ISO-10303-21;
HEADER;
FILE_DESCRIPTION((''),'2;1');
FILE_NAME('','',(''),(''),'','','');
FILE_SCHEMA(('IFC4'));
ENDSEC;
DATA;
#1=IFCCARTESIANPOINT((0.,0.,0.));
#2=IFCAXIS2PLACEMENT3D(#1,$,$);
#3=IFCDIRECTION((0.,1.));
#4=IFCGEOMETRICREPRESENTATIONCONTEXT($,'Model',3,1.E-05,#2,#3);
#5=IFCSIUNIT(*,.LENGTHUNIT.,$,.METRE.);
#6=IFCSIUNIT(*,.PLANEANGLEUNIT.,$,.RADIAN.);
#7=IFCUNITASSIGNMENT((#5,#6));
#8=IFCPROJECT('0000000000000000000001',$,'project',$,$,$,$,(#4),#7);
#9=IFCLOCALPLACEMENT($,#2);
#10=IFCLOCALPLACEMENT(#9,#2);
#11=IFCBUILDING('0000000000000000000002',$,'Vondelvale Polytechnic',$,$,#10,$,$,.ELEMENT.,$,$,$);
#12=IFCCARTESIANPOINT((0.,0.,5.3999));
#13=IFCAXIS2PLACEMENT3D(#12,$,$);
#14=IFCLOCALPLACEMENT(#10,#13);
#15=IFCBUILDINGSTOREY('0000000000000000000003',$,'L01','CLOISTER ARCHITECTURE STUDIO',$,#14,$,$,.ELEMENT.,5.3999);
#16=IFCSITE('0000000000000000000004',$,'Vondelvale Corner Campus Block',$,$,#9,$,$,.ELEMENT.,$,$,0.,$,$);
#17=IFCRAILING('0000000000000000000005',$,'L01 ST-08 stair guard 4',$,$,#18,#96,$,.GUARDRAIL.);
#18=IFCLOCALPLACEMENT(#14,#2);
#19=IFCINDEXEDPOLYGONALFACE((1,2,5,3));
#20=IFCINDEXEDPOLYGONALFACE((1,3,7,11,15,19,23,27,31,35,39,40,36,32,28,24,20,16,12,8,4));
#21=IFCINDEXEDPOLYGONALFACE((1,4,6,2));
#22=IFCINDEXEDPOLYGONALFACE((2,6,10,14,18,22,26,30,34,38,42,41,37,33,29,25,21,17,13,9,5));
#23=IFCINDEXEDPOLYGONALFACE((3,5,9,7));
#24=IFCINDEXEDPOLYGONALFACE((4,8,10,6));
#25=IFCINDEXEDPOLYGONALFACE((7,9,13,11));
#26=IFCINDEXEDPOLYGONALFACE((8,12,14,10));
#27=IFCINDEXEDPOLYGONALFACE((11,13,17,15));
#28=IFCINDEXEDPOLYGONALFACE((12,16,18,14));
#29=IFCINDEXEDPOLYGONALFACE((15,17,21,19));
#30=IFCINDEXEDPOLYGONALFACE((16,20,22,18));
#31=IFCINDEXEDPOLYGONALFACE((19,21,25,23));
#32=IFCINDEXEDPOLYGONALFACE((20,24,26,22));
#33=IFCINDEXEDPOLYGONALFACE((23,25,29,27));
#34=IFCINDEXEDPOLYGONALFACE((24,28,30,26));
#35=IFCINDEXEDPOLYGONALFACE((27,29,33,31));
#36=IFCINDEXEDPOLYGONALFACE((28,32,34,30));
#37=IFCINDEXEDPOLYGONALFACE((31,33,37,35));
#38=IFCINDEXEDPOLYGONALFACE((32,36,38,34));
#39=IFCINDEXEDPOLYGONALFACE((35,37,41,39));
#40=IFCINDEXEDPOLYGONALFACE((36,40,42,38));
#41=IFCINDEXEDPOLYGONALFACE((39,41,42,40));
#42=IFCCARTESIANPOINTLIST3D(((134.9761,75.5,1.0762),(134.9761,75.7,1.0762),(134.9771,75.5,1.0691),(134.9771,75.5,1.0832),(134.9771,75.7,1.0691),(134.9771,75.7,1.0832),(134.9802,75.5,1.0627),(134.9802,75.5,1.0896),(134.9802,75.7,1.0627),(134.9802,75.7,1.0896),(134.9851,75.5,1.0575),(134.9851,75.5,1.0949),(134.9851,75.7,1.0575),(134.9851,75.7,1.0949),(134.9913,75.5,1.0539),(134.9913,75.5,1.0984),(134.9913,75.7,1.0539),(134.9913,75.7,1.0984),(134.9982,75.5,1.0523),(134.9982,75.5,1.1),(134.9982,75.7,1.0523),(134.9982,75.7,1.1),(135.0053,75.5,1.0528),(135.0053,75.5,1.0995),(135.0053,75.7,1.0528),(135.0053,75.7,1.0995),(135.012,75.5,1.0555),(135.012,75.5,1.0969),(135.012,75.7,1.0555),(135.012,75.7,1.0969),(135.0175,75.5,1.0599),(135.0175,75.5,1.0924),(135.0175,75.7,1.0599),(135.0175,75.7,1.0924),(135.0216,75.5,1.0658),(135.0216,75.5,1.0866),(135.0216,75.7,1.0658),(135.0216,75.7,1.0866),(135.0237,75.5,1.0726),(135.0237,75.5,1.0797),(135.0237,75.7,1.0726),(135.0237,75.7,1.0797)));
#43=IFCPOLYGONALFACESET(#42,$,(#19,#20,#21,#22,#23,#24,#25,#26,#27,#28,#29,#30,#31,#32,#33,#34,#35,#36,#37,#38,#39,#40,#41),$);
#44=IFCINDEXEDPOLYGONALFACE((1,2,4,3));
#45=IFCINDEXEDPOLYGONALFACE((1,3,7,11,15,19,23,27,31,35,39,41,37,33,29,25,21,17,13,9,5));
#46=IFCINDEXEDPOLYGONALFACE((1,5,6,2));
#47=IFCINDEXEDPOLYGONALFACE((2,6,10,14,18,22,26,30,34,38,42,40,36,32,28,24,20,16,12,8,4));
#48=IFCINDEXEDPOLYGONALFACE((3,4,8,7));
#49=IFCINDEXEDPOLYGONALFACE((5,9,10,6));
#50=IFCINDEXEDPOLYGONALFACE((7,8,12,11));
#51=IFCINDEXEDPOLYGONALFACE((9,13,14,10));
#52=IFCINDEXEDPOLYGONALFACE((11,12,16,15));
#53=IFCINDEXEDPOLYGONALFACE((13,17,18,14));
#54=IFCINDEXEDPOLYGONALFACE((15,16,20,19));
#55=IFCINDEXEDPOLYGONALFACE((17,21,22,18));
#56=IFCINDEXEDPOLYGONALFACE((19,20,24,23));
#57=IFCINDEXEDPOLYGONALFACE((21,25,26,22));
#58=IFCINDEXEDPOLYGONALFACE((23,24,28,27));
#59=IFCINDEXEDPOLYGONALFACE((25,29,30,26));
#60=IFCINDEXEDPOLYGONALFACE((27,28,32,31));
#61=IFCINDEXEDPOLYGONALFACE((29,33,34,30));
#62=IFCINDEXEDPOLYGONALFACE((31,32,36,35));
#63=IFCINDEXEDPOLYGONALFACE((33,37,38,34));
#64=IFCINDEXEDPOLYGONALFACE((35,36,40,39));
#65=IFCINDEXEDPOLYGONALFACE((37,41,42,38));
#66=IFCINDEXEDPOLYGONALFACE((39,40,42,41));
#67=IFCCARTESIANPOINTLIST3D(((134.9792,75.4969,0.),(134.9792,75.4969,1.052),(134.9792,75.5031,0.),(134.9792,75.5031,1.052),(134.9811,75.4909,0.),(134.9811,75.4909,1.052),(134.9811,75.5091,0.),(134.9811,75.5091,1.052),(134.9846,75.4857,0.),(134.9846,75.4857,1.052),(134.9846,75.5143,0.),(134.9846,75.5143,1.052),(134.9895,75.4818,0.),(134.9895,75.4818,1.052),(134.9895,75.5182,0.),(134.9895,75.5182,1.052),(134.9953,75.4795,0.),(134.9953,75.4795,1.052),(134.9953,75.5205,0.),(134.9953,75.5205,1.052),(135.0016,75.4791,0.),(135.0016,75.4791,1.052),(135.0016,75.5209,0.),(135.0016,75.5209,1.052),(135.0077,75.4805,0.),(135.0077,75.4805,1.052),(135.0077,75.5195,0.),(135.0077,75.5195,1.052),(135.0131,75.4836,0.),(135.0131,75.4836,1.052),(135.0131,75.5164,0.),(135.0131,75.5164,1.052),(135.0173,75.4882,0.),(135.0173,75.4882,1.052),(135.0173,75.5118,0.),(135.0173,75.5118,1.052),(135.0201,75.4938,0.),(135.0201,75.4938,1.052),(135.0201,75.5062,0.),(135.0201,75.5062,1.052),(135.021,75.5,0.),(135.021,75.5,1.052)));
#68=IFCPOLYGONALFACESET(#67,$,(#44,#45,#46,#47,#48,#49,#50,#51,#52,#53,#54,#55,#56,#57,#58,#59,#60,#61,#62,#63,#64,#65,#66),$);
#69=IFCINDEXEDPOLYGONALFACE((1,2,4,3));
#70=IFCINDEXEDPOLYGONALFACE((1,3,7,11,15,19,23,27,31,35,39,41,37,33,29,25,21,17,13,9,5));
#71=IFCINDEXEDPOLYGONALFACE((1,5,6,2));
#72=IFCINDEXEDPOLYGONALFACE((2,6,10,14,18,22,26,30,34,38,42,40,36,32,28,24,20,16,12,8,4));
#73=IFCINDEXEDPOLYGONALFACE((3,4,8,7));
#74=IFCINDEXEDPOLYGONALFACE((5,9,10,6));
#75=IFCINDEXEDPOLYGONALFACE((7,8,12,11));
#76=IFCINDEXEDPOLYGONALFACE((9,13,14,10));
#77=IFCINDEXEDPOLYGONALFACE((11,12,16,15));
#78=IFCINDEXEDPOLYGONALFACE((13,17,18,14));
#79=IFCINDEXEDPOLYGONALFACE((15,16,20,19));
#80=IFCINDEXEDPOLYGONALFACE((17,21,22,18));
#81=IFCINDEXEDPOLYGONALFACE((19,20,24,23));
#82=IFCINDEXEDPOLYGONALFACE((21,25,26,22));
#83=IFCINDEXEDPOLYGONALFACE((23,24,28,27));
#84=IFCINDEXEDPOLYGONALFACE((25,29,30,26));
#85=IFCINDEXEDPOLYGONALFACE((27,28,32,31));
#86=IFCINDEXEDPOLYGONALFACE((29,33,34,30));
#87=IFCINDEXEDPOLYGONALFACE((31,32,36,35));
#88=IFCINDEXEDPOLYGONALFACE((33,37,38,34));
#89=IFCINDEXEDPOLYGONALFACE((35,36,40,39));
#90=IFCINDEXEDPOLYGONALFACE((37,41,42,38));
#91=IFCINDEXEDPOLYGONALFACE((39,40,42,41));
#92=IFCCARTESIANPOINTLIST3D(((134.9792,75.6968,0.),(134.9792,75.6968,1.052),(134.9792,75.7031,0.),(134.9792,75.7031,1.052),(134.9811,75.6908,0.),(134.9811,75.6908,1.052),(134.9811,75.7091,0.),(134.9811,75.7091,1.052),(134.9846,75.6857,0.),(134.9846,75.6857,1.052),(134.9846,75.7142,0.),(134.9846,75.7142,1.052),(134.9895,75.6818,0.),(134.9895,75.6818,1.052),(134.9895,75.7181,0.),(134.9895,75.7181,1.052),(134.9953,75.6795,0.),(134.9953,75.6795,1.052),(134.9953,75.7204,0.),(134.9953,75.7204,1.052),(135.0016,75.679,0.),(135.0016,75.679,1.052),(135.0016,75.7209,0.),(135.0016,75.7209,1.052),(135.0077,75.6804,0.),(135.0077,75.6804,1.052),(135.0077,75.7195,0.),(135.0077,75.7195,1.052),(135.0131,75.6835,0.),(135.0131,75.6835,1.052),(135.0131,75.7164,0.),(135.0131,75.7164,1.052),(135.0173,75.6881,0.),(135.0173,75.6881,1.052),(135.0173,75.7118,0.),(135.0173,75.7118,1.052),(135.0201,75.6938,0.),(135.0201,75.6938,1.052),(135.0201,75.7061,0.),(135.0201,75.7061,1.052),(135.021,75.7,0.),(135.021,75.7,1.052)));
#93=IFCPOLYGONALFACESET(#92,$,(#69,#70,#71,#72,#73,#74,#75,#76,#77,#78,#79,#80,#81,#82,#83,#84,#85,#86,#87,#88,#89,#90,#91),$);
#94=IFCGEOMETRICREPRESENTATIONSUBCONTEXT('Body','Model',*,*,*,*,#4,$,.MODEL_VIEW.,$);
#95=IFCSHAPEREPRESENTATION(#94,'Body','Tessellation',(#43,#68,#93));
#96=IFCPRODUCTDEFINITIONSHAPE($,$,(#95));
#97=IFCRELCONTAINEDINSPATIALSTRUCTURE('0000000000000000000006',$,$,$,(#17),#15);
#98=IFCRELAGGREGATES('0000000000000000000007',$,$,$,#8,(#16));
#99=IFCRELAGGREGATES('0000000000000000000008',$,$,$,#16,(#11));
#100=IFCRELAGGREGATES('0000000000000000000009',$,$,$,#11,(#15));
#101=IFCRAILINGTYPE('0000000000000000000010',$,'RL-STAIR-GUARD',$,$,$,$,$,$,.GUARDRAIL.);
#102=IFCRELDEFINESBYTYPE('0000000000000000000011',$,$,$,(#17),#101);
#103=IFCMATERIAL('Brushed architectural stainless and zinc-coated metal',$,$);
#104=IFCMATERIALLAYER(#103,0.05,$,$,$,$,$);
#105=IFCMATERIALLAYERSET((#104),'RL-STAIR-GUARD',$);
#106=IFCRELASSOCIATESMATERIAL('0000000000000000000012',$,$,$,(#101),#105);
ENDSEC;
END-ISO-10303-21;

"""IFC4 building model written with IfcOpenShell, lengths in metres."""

from ifc_helpers import new_model, si_unit, direction, frame, origin, origin_2d, place, context, subcontext, project, spatial, circle, extrude, material, layer, layer_set, type_object, element, save


model = new_model("IFC4")

# Units and contexts
model_context = context("Model", 3, precision=1e-05, world=origin(), true_north=direction((0.0, 1.0)))
body_context = subcontext(model_context, "Body", "Model", "MODEL_VIEW")
ifc_project = project(units=[si_unit("LENGTHUNIT", "METRE"), si_unit("PLANEANGLEUNIT", "RADIAN")], contexts=[model_context])

# Site, building, storey
site_placement = place(None, origin())
site = spatial("IfcSite", under=ifc_project, at=site_placement, Name="Vondelvale Corner Campus Block", CompositionType="ELEMENT", RefElevation=0.0)
building_placement = place(site_placement, origin())
building = spatial("IfcBuilding", under=site, at=building_placement, Name="Vondelvale Polytechnic", CompositionType="ELEMENT")
storey_placement = place(building_placement, frame((0.0, 0.0, 5.3999)))
storey = spatial("IfcBuildingStorey", under=building, at=storey_placement, Name="L01", Description="CLOISTER ARCHITECTURE STUDIO", CompositionType="ELEMENT", Elevation=5.3999)

# Shared definitions
ifc_material_1 = material(Name="Brushed architectural stainless and zinc-coated metal")

# Railing
ifc_layer_1 = layer(ifc_material_1, 0.05)
ifc_layer_set_1 = layer_set([ifc_layer_1], Name="RL-STAIR-GUARD")
railing_type_1 = type_object("IfcRailingType", Name="RL-STAIR-GUARD", PredefinedType="GUARDRAIL", material=ifc_layer_set_1)
railing_1_placement = place(storey_placement, frame((135.0, 75.5, 0.0)))
element("IfcRailing", 1, at=railing_1_placement, inside=storey, type_object=railing_type_1, Name="L01 ST-08 stair guard 4", PredefinedType="GUARDRAIL", context=body_context, shape_type="SweptSolid", body=[
    extrude(circle(Radius=0.0239, at=origin_2d()), frame((0.0, 0.0, 1.0762), z_axis=(0.0, 1.0, 0.0), x_axis=(-1.0, 0.0, 0.0)), (0.0, 0.0, 1.0), 0.2),
    extrude(circle(Radius=0.021, at=origin_2d()), origin(), (0.0, 0.0, 1.0), 1.052),
    extrude(circle(Radius=0.021, at=origin_2d()), frame((0.0, 0.2, 0.0)), (0.0, 0.0, 1.0), 1.052),
])

save(model, "model.ifc")
